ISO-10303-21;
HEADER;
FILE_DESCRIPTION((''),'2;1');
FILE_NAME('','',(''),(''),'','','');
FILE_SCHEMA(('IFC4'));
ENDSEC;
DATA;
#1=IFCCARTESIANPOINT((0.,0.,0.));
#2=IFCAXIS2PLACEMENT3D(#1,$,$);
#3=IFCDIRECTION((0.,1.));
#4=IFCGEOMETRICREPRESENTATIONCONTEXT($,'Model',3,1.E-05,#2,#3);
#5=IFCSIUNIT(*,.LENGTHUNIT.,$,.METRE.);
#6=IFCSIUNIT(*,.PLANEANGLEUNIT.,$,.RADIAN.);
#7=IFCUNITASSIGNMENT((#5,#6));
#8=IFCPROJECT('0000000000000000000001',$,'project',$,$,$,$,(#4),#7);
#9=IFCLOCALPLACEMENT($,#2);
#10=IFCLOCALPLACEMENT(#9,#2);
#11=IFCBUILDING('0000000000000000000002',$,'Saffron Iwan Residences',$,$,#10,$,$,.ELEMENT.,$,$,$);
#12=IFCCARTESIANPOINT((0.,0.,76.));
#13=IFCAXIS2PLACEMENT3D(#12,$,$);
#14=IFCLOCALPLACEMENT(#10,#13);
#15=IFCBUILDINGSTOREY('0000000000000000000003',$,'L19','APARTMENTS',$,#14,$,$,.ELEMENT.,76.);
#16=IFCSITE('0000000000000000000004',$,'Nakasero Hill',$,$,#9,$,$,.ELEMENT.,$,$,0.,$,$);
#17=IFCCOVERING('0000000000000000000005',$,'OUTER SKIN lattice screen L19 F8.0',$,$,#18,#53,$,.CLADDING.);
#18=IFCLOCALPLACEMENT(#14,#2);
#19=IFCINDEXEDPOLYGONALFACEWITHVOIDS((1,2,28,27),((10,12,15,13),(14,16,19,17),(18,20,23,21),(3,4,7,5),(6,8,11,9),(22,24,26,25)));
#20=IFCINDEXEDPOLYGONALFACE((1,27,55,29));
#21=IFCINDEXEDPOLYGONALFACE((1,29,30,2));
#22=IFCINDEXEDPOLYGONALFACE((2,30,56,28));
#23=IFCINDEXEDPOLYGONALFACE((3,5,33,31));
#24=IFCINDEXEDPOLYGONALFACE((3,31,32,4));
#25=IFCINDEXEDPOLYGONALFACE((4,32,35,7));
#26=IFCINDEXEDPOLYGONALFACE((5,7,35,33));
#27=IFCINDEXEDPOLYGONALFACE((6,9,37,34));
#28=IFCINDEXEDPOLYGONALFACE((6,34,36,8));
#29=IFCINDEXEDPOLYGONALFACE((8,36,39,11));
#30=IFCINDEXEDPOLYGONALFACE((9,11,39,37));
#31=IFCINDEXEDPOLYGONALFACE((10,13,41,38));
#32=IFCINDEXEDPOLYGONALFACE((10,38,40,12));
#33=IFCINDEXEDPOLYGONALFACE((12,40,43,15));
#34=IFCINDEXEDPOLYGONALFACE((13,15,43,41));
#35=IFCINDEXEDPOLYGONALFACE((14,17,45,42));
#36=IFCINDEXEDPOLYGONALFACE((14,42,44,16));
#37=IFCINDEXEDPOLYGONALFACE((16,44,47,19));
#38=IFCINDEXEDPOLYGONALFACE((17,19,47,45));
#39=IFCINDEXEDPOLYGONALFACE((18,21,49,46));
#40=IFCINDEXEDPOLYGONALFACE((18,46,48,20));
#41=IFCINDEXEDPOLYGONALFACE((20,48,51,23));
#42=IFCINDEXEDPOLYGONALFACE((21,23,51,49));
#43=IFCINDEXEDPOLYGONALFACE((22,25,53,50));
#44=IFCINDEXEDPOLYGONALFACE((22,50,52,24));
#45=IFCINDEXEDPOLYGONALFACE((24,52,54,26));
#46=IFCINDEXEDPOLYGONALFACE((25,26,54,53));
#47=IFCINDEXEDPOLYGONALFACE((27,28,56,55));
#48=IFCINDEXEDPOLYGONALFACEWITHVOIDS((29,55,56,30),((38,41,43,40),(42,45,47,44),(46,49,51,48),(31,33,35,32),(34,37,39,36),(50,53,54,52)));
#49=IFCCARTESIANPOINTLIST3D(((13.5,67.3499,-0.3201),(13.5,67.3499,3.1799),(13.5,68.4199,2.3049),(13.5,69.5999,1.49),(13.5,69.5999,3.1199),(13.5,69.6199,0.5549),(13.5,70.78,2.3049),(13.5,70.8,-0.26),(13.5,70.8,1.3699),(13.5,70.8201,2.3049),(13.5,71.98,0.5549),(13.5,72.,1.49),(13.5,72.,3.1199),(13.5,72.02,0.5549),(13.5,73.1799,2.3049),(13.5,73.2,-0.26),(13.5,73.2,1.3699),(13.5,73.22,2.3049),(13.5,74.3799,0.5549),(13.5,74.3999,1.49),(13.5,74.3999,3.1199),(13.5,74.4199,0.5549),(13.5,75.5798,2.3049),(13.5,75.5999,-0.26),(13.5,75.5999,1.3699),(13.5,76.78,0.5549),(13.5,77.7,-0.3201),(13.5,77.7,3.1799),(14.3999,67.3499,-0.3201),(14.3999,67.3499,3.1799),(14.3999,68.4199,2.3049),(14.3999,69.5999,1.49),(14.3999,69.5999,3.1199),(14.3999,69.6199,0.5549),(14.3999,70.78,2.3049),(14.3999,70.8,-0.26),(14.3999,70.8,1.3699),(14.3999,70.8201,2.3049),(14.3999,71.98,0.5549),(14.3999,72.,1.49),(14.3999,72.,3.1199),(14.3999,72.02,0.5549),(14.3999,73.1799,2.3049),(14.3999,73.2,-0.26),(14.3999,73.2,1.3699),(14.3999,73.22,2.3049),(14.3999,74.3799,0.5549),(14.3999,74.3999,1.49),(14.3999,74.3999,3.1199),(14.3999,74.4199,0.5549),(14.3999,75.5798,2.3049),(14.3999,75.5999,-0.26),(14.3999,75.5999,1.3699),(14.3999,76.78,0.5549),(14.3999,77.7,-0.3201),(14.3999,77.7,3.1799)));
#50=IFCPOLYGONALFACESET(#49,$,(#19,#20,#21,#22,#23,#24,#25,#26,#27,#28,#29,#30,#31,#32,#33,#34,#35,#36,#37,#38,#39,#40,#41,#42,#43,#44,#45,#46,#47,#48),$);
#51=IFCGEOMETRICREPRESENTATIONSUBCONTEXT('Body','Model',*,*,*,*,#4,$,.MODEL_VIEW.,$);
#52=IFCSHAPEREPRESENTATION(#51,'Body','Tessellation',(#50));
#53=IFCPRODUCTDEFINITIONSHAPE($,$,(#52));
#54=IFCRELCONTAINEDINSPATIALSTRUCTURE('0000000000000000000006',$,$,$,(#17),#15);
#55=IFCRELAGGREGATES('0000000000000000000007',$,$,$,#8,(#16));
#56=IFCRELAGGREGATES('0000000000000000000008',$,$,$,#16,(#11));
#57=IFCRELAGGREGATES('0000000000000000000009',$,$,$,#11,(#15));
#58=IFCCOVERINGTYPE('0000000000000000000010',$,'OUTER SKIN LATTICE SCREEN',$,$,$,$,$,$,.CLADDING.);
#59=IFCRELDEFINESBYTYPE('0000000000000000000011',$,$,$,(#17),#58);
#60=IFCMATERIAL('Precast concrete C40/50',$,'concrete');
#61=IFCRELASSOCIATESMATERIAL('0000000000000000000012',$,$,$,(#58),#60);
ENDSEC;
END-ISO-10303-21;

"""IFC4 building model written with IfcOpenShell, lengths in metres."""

from ifc_helpers import new_model, si_unit, direction, frame, origin, place, context, subcontext, project, spatial, polyline, outline, extrude, material, type_object, element, save


model = new_model("IFC4")

# Units and contexts
model_context = context("Model", 3, precision=1e-05, world=origin(), true_north=direction((0.0, 1.0)))
body_context = subcontext(model_context, "Body", "Model", "MODEL_VIEW")
ifc_project = project(units=[si_unit("LENGTHUNIT", "METRE"), si_unit("PLANEANGLEUNIT", "RADIAN")], contexts=[model_context])

# Site, building, storey
site_placement = place(None, origin())
site = spatial("IfcSite", under=ifc_project, at=site_placement, Name="Nakasero Hill", CompositionType="ELEMENT", RefElevation=0.0)
building_placement = place(site_placement, origin())
building = spatial("IfcBuilding", under=site, at=building_placement, Name="Saffron Iwan Residences", CompositionType="ELEMENT")
storey_placement = place(building_placement, frame((0.0, 0.0, 76.0)))
storey = spatial("IfcBuildingStorey", under=building, at=storey_placement, Name="L19", Description="APARTMENTS", CompositionType="ELEMENT", Elevation=76.0)

# Covering
ifc_material_1 = material(Name="Precast concrete C40/50", Category="concrete")
covering_type = type_object("IfcCoveringType", Name="OUTER SKIN LATTICE SCREEN", PredefinedType="CLADDING", material=ifc_material_1)
covering_1_placement = place(storey_placement, frame((14.3999, 77.7, -0.3201), z_axis=(-1.0, 0.0, 0.0), x_axis=(0.0, -1.0, 0.0)))
element("IfcCovering", 1, at=covering_1_placement, inside=storey, type_object=covering_type, Name="OUTER SKIN lattice screen L19 F8.0", PredefinedType="CLADDING", context=body_context, shape_type="SweptSolid", body=[
    extrude(outline(polyline([(0.0, 0.0), (10.3501, 0.0), (10.3501, 3.5), (0.0, 3.5), (0.0, 0.0)]), holes=[polyline([(0.9199, 0.875), (2.1001, 0.0601), (3.28, 0.875), (2.1001, 1.6899), (0.9199, 0.875)]), polyline([(3.3201, 0.875), (4.5, 0.0601), (5.6799, 0.875), (4.5, 1.6899), (3.3201, 0.875)]), polyline([(5.72, 0.875), (6.8999, 0.0601), (8.0801, 0.875), (6.8999, 1.6899), (5.72, 0.875)]), polyline([(2.1201, 2.625), (3.3, 1.8101), (4.48, 2.625), (3.3, 3.4399), (2.1201, 2.625)]), polyline([(4.52, 2.625), (5.7, 1.8101), (6.8799, 2.625), (5.7, 3.4399), (4.52, 2.625)]), polyline([(6.9199, 2.625), (8.1001, 1.8101), (9.28, 2.625), (8.1001, 3.4399), (6.9199, 2.625)])]), origin(), (0.0, 0.0, 1.0), 0.8999),
])

save(model, "model.ifc")
